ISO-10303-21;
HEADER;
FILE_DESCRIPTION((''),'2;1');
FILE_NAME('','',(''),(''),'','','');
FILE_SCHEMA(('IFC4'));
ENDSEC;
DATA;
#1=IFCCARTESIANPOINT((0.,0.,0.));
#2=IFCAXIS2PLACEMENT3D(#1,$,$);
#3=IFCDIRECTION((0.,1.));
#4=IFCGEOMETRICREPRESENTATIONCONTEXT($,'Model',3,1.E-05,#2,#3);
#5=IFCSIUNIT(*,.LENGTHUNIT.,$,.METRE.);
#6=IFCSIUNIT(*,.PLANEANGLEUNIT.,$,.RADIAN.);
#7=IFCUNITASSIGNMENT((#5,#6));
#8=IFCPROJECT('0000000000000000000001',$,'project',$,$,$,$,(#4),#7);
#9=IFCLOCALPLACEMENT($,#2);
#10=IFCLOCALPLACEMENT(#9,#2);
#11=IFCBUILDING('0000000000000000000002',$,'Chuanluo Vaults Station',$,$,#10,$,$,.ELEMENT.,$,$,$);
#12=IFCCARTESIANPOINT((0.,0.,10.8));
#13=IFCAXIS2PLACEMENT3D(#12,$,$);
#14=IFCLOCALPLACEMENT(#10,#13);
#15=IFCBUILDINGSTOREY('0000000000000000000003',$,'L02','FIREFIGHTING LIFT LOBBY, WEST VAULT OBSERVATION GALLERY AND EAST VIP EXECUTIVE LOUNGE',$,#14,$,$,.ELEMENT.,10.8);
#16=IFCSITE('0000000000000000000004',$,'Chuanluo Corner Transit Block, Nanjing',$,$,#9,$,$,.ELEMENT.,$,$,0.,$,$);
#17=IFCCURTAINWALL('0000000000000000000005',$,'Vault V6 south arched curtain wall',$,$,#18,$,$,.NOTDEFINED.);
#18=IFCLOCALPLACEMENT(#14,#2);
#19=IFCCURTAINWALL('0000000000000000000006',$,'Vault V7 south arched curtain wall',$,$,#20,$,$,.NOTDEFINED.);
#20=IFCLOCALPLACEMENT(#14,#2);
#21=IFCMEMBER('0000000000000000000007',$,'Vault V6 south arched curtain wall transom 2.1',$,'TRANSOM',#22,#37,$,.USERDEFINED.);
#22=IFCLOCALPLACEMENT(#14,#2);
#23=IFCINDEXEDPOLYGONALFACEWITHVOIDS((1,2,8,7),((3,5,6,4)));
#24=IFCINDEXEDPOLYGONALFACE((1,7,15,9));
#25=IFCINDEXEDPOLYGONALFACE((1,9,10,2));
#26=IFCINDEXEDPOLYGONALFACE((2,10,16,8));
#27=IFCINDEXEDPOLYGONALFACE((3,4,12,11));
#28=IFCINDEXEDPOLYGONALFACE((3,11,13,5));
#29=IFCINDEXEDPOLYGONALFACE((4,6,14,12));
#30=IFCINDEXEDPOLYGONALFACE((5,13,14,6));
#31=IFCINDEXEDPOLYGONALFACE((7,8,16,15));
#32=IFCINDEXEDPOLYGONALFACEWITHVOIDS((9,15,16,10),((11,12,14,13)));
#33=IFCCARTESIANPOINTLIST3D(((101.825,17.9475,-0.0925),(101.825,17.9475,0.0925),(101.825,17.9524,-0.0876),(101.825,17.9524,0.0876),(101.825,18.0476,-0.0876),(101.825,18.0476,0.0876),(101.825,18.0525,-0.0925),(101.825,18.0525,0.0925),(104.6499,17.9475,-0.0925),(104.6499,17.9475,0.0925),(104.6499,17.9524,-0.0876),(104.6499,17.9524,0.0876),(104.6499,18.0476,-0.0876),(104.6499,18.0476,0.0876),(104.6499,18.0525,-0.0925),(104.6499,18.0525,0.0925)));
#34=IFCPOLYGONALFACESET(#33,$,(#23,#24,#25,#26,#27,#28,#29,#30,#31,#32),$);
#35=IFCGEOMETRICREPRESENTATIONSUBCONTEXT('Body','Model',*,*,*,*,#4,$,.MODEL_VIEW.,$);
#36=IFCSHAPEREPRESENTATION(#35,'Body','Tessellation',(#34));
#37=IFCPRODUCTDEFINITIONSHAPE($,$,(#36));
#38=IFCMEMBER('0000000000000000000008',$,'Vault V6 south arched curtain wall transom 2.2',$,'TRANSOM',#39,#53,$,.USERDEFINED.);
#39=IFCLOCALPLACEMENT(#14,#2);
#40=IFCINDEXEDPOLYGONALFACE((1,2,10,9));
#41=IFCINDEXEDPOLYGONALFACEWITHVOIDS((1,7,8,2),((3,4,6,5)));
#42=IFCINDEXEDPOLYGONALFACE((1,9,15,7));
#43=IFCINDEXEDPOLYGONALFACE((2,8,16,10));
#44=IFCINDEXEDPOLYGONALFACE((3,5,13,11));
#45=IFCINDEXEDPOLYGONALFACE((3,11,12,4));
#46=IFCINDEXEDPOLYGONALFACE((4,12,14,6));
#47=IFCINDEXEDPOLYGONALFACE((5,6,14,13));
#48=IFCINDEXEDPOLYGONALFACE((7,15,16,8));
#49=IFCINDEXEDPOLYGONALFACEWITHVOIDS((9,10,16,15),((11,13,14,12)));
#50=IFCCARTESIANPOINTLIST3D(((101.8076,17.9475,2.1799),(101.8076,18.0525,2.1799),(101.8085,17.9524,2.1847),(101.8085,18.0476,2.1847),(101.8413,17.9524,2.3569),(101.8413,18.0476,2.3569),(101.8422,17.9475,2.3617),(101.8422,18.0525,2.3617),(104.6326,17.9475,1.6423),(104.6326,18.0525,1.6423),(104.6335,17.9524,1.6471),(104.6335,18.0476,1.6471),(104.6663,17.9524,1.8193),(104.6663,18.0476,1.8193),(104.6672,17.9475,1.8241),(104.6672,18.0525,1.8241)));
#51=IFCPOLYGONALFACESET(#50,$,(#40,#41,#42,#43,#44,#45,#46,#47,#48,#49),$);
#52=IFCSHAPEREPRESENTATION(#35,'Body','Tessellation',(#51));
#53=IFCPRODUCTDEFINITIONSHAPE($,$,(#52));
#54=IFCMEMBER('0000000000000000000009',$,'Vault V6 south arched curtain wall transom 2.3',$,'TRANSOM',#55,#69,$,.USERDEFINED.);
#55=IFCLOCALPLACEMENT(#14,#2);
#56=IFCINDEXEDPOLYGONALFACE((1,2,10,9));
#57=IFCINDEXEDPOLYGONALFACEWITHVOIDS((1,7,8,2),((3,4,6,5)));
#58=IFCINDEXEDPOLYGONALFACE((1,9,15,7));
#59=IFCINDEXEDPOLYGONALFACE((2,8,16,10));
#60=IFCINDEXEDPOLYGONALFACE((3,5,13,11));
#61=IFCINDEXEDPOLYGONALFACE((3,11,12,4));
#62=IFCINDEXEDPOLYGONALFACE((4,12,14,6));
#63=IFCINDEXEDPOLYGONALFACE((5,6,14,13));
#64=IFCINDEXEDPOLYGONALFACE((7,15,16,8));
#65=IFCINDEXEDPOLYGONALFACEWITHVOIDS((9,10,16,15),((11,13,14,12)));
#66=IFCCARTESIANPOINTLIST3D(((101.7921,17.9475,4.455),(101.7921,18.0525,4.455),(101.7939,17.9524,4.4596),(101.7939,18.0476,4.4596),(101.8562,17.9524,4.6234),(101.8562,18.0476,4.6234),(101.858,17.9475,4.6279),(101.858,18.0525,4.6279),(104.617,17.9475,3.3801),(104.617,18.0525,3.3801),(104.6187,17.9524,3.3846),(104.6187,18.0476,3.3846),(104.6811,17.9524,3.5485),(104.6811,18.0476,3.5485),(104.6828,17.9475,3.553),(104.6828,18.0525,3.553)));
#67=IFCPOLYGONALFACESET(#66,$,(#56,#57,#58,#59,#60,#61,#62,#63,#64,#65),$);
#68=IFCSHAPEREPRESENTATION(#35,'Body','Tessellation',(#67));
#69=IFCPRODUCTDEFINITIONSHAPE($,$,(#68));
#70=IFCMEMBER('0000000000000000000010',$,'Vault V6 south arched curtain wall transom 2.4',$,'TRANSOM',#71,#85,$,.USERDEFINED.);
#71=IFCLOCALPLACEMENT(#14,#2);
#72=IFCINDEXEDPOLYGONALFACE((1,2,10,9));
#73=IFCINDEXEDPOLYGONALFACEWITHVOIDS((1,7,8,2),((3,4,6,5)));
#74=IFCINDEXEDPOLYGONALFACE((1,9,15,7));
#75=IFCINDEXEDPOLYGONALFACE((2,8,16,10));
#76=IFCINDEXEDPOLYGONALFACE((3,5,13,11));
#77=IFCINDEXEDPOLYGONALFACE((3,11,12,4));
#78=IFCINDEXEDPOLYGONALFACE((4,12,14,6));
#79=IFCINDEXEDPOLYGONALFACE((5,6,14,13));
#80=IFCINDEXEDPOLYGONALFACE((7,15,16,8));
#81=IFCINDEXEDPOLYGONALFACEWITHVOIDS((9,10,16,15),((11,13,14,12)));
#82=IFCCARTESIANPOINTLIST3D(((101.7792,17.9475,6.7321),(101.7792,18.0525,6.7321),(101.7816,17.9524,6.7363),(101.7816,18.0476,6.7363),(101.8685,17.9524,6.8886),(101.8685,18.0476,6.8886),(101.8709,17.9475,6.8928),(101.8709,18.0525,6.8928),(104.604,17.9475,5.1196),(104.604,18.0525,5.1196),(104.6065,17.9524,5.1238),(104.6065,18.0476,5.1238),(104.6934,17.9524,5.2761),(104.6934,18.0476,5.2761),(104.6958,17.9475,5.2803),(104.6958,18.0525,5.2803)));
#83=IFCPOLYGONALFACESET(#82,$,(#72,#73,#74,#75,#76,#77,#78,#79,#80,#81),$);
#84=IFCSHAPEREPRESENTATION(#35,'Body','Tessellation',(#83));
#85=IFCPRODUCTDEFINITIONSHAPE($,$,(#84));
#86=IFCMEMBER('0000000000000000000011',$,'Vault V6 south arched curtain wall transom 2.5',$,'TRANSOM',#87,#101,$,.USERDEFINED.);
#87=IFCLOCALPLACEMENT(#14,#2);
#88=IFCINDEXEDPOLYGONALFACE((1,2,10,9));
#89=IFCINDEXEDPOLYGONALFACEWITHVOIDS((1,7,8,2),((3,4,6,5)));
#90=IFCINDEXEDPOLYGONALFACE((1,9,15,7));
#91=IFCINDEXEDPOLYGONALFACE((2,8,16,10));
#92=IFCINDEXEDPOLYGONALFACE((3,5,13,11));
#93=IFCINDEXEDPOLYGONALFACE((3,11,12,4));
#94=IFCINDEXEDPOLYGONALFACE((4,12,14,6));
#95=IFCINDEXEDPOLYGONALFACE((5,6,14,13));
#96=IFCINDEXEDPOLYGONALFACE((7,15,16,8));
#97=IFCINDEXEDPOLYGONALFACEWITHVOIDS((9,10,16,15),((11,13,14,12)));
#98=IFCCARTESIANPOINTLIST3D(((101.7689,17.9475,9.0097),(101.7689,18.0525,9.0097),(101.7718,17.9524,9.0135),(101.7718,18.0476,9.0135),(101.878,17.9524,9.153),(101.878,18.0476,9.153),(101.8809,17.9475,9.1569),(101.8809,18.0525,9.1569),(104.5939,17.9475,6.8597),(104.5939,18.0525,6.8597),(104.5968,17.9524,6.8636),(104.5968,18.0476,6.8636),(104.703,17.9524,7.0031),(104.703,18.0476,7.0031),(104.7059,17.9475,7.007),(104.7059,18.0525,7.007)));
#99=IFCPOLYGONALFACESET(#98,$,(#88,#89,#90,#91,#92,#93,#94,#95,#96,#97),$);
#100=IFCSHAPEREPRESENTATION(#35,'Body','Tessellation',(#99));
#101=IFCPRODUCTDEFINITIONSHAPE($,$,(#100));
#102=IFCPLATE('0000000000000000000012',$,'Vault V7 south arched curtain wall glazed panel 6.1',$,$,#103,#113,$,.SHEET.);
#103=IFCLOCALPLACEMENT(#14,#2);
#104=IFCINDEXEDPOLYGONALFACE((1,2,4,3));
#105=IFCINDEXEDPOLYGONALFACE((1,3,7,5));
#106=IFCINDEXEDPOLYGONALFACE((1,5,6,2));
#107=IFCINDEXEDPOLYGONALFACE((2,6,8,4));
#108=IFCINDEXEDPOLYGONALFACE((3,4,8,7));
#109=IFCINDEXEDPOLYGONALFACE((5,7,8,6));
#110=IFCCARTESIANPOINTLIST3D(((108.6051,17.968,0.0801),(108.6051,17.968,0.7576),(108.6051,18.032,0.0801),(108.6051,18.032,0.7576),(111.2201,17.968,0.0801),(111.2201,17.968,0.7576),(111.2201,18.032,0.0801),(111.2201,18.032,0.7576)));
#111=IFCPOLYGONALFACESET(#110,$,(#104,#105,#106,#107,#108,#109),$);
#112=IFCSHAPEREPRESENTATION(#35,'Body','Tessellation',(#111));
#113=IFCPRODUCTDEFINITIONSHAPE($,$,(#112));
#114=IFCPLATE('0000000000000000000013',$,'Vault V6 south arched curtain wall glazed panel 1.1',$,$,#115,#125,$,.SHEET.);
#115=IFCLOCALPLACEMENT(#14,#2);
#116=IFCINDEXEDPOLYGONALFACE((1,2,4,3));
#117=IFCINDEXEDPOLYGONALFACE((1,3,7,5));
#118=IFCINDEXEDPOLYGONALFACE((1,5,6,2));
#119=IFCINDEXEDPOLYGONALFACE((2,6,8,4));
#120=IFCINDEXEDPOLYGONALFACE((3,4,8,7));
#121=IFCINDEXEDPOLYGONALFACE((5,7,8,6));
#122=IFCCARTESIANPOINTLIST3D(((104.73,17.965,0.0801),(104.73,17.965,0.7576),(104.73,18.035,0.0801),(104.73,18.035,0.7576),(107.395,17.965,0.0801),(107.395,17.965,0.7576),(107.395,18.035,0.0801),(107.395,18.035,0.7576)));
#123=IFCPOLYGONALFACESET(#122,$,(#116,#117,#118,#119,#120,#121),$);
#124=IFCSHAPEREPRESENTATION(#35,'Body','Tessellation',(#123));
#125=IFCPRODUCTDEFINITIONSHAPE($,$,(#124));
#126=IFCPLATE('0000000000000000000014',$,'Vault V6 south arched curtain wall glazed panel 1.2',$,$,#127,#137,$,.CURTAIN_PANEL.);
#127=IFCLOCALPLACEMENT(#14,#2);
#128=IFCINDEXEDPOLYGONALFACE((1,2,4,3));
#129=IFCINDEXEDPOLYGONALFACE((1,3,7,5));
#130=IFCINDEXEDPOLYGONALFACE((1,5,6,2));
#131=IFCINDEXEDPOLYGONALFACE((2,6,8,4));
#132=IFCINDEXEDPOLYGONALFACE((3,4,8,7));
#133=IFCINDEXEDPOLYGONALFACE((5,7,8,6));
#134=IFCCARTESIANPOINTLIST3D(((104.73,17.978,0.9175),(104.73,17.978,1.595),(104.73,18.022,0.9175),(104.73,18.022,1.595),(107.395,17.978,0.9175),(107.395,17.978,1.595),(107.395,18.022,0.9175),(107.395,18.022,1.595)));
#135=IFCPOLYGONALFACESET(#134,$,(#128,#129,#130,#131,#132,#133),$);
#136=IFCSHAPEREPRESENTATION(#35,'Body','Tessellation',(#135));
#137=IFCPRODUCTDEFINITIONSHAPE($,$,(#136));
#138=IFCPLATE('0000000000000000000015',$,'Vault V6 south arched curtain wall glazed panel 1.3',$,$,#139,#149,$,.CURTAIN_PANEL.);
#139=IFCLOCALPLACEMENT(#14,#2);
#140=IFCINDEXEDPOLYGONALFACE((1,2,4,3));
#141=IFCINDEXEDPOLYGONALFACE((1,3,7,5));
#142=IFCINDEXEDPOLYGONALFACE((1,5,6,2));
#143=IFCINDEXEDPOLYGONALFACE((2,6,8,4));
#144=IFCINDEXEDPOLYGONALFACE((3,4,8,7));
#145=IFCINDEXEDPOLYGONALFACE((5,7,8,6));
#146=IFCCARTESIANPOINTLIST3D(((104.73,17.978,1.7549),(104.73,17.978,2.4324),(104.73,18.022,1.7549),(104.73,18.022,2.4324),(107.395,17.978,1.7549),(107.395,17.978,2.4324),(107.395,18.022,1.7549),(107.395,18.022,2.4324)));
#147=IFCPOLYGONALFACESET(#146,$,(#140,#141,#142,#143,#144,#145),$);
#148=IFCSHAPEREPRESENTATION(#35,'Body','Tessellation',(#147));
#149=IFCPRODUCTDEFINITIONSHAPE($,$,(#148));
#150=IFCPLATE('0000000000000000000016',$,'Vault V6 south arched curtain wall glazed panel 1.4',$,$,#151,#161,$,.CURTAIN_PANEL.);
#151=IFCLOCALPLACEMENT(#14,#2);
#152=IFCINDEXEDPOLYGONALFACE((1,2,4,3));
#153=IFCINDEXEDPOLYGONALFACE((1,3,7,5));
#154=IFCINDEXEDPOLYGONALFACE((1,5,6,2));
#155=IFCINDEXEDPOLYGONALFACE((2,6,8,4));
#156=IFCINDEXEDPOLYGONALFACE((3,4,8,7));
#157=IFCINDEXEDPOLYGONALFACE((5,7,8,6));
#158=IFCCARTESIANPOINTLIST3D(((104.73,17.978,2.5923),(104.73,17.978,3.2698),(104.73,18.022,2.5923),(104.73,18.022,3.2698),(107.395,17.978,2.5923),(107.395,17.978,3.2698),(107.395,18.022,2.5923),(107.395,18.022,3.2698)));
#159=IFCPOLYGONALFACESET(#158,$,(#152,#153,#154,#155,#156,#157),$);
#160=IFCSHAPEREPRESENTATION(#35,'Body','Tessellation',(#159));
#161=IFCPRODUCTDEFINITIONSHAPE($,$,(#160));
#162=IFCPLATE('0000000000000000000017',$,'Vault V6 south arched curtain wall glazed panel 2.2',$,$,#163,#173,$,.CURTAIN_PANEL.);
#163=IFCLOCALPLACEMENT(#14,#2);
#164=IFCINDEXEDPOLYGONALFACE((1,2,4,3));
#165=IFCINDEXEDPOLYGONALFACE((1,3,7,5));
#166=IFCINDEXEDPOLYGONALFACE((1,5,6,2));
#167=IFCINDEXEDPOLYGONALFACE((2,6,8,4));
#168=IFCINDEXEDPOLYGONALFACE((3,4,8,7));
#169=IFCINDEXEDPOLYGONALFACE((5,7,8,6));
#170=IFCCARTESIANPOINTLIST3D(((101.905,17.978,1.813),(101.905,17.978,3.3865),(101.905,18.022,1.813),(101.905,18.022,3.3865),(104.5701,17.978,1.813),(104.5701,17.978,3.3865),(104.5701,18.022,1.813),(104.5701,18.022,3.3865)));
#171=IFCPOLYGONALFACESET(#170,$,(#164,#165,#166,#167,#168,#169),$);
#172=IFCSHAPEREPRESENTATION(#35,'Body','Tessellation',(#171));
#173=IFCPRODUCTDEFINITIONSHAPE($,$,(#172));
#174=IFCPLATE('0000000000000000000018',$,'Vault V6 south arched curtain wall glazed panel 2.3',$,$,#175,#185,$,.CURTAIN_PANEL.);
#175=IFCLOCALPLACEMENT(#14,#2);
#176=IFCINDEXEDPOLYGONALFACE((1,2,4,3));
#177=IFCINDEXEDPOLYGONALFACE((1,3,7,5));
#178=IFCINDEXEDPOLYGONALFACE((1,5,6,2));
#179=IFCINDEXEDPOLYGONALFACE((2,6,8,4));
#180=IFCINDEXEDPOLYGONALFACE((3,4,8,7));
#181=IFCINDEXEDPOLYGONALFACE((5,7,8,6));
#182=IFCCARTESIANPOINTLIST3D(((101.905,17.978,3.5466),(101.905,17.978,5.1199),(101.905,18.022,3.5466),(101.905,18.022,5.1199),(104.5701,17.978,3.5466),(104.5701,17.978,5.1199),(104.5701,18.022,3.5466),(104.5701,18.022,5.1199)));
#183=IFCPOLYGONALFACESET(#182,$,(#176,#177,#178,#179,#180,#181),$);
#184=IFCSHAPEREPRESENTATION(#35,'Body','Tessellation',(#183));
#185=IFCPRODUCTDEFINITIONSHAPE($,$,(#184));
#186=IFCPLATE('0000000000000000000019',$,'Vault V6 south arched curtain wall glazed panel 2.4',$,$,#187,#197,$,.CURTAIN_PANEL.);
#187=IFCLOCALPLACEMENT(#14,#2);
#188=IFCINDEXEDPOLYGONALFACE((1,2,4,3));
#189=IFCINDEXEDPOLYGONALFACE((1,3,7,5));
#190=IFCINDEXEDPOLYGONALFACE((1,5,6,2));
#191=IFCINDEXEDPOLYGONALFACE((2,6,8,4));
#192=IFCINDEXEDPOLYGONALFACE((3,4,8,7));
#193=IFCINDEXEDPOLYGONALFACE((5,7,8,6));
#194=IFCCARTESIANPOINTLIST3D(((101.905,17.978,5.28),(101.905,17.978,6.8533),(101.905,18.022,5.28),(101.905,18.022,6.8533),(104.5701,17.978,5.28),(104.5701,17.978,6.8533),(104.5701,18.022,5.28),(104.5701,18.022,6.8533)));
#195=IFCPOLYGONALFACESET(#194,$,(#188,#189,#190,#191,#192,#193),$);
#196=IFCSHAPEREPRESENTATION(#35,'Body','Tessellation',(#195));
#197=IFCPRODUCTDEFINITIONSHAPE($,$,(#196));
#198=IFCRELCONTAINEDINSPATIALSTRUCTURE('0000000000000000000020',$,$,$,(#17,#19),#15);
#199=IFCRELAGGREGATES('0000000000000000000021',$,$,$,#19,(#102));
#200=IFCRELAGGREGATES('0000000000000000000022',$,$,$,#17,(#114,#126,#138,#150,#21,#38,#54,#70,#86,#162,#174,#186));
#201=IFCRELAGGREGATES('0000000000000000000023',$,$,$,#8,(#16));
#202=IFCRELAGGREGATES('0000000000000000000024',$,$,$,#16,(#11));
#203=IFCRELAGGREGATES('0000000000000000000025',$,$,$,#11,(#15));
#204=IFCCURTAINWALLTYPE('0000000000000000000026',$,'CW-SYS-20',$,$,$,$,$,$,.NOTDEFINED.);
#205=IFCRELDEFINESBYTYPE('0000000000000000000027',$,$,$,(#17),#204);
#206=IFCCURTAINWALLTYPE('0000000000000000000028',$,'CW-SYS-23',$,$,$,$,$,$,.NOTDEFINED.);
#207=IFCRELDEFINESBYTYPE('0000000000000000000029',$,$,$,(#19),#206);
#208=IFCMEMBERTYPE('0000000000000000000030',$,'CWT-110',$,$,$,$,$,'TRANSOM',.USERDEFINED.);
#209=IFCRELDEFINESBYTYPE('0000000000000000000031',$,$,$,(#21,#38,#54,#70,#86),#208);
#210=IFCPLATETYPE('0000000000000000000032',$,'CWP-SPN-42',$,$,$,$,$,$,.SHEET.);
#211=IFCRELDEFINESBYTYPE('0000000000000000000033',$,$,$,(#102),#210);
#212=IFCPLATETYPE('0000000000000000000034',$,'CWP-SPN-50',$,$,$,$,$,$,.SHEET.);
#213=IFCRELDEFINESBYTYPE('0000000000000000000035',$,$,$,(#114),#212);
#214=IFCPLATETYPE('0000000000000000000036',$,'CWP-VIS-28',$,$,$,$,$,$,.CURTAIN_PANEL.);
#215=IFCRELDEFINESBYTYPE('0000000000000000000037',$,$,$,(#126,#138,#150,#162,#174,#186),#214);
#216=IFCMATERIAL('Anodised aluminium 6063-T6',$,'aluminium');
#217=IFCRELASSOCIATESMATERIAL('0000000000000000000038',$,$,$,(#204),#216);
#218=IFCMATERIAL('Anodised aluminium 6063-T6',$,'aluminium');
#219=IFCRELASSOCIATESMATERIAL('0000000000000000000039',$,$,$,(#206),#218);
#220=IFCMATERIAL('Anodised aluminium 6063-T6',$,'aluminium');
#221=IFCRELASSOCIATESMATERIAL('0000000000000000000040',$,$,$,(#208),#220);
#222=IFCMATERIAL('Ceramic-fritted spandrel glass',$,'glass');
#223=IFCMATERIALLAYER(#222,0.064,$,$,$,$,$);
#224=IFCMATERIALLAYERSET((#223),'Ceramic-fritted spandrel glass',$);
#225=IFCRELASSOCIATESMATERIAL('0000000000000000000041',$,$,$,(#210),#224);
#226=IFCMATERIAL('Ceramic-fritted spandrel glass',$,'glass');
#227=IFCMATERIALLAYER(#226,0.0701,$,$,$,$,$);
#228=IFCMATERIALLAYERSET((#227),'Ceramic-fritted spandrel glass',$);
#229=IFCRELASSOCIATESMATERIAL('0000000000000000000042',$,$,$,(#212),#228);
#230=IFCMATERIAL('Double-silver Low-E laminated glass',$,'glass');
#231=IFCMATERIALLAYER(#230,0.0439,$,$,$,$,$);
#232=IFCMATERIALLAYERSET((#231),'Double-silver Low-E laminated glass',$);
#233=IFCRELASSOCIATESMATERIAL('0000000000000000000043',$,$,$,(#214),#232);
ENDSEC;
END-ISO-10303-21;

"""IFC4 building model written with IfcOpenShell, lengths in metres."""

from ifc_helpers import new_model, si_unit, direction, frame, origin, origin_2d, place, context, subcontext, project, spatial, rectangle, hollow_rectangle, extrude, material, layer, layer_set, material_profile, profile_set, type_object, element, aggregate, save


model = new_model("IFC4")

# Units and contexts
model_context = context("Model", 3, precision=1e-05, world=origin(), true_north=direction((0.0, 1.0)))
body_context = subcontext(model_context, "Body", "Model", "MODEL_VIEW")
ifc_project = project(units=[si_unit("LENGTHUNIT", "METRE"), si_unit("PLANEANGLEUNIT", "RADIAN")], contexts=[model_context])

# Site, building, storey
site_placement = place(None, origin())
site = spatial("IfcSite", under=ifc_project, at=site_placement, Name="Chuanluo Corner Transit Block, Nanjing", CompositionType="ELEMENT", RefElevation=0.0)
building_placement = place(site_placement, origin())
building = spatial("IfcBuilding", under=site, at=building_placement, Name="Chuanluo Vaults Station", CompositionType="ELEMENT")
storey_placement = place(building_placement, frame((0.0, 0.0, 10.8)))
storey = spatial("IfcBuildingStorey", under=building, at=storey_placement, Name="L02", Description="FIREFIGHTING LIFT LOBBY, WEST VAULT OBSERVATION GALLERY AND EAST VIP EXECUTIVE LOUNGE", CompositionType="ELEMENT", Elevation=10.8)

# Curtain wall
ifc_material_1 = material(Name="Anodised aluminium 6063-T6", Category="aluminium")
curtain_wall_type_1 = type_object("IfcCurtainWallType", Name="CW-SYS-20", PredefinedType="NOTDEFINED", material=ifc_material_1)
curtain_wall_1_placement = place(storey_placement, origin())
curtain_wall_1 = element("IfcCurtainWall", 1, at=curtain_wall_1_placement, inside=storey, type_object=curtain_wall_type_1, Name="Vault V6 south arched curtain wall", PredefinedType="NOTDEFINED")

# Curtain wall
ifc_material_2 = material(Name="Anodised aluminium 6063-T6", Category="aluminium")
curtain_wall_type_2 = type_object("IfcCurtainWallType", Name="CW-SYS-23", PredefinedType="NOTDEFINED", material=ifc_material_2)
curtain_wall_2_placement = place(storey_placement, origin())
curtain_wall_2 = element("IfcCurtainWall", 2, at=curtain_wall_2_placement, inside=storey, type_object=curtain_wall_type_2, Name="Vault V7 south arched curtain wall", PredefinedType="NOTDEFINED")

# Members
ifc_material_3 = material(Name="Anodised aluminium 6063-T6", Category="aluminium")
ifc_material_profile_1 = material_profile(ifc_material_3, hollow_rectangle(XDim=0.105, YDim=0.1851, WallThickness=0.0049, at=origin_2d()))
ifc_profile_set_1 = profile_set([ifc_material_profile_1], Name="Anodised aluminium 6063-T6")
member_type_1 = type_object("IfcMemberType", Name="CWT-110", ElementType="TRANSOM", PredefinedType="USERDEFINED", material=ifc_profile_set_1)
member_1_placement = place(storey_placement, frame((104.6499, 18.0, 0.0), z_axis=(-1.0, 0.0, 0.0), x_axis=(0.0, -1.0, 0.0)))
member_1 = element("IfcMember", 3, at=member_1_placement, type_object=member_type_1, Name="Vault V6 south arched curtain wall transom 2.1", ObjectType="TRANSOM", PredefinedType="USERDEFINED", context=body_context, shape_type="SweptSolid", body=[
    extrude(hollow_rectangle(XDim=0.105, YDim=0.1851, WallThickness=0.0049, at=origin_2d()), origin(), (0.0, 0.0, 1.0), 2.825),
])
member_2_placement = place(storey_placement, frame((104.6499, 18.0, 1.7332), z_axis=(-0.98237, 0.0, 0.186948), x_axis=(0.0, -1.0, 0.0)))
member_2 = element("IfcMember", 4, at=member_2_placement, type_object=member_type_1, Name="Vault V6 south arched curtain wall transom 2.2", ObjectType="TRANSOM", PredefinedType="USERDEFINED", context=body_context, shape_type="SweptSolid", body=[
    extrude(hollow_rectangle(XDim=0.105, YDim=0.1851, WallThickness=0.0049, at=origin_2d()), origin(), (0.0, 0.0, 1.0), 2.8757),
])
member_3_placement = place(storey_placement, frame((104.6499, 18.0, 3.4666), z_axis=(-0.934622, 0.0, 0.355643), x_axis=(0.0, -1.0, 0.0)))
member_3 = element("IfcMember", 5, at=member_3_placement, type_object=member_type_1, Name="Vault V6 south arched curtain wall transom 2.3", ObjectType="TRANSOM", PredefinedType="USERDEFINED", context=body_context, shape_type="SweptSolid", body=[
    extrude(hollow_rectangle(XDim=0.105, YDim=0.1851, WallThickness=0.0049, at=origin_2d()), origin(), (0.0, 0.0, 1.0), 3.0225),
])
member_4_placement = place(storey_placement, frame((104.6499, 18.0, 5.2), z_axis=(-0.868469, 0.0, 0.495743), x_axis=(0.0, -1.0, 0.0)))
member_4 = element("IfcMember", 6, at=member_4_placement, type_object=member_type_1, Name="Vault V6 south arched curtain wall transom 2.4", ObjectType="TRANSOM", PredefinedType="USERDEFINED", context=body_context, shape_type="SweptSolid", body=[
    extrude(hollow_rectangle(XDim=0.105, YDim=0.1851, WallThickness=0.0049, at=origin_2d()), origin(), (0.0, 0.0, 1.0), 3.2527),
])
member_5_placement = place(storey_placement, frame((104.6499, 18.0, 6.9333), z_axis=(-0.795763, 0.0, 0.605608), x_axis=(0.0, -1.0, 0.0)))
member_5 = element("IfcMember", 7, at=member_5_placement, type_object=member_type_1, Name="Vault V6 south arched curtain wall transom 2.5", ObjectType="TRANSOM", PredefinedType="USERDEFINED", context=body_context, shape_type="SweptSolid", body=[
    extrude(hollow_rectangle(XDim=0.105, YDim=0.1851, WallThickness=0.0049, at=origin_2d()), origin(), (0.0, 0.0, 1.0), 3.55),
])

# Plates
ifc_material_4 = material(Name="Ceramic-fritted spandrel glass", Category="glass")
ifc_layer_1 = layer(ifc_material_4, 0.064)
ifc_layer_set_1 = layer_set([ifc_layer_1], Name="Ceramic-fritted spandrel glass")
plate_type_1 = type_object("IfcPlateType", Name="CWP-SPN-42", PredefinedType="SHEET", material=ifc_layer_set_1)
plate_1_placement = place(storey_placement, frame((109.9126, 18.0, 0.0801), z_axis=(0.0, 0.0, 1.0), x_axis=(-1.0, 0.0, 0.0)))
plate_1 = element("IfcPlate", 8, at=plate_1_placement, type_object=plate_type_1, Name="Vault V7 south arched curtain wall glazed panel 6.1", PredefinedType="SHEET", context=body_context, shape_type="SweptSolid", body=[
    extrude(rectangle(XDim=2.615, YDim=0.064, at=origin_2d()), origin(), (0.0, 0.0, 1.0), 0.6775),
])
aggregate(curtain_wall_2, [plate_1])
ifc_material_5 = material(Name="Ceramic-fritted spandrel glass", Category="glass")
ifc_layer_2 = layer(ifc_material_5, 0.0701)
ifc_layer_set_2 = layer_set([ifc_layer_2], Name="Ceramic-fritted spandrel glass")
plate_type_2 = type_object("IfcPlateType", Name="CWP-SPN-50", PredefinedType="SHEET", material=ifc_layer_set_2)
plate_2_placement = place(storey_placement, frame((106.0625, 18.0, 0.0801), z_axis=(0.0, 0.0, 1.0), x_axis=(-1.0, 0.0, 0.0)))
plate_2 = element("IfcPlate", 9, at=plate_2_placement, type_object=plate_type_2, Name="Vault V6 south arched curtain wall glazed panel 1.1", PredefinedType="SHEET", context=body_context, shape_type="SweptSolid", body=[
    extrude(rectangle(XDim=2.665, YDim=0.0701, at=origin_2d()), origin(), (0.0, 0.0, 1.0), 0.6775),
])
ifc_material_6 = material(Name="Double-silver Low-E laminated glass", Category="glass")
ifc_layer_3 = layer(ifc_material_6, 0.0439)
ifc_layer_set_3 = layer_set([ifc_layer_3], Name="Double-silver Low-E laminated glass")
plate_type_3 = type_object("IfcPlateType", Name="CWP-VIS-28", PredefinedType="CURTAIN_PANEL", material=ifc_layer_set_3)
plate_3_placement = place(storey_placement, frame((106.0625, 18.0, 0.9175), z_axis=(0.0, 0.0, 1.0), x_axis=(-1.0, 0.0, 0.0)))
plate_3 = element("IfcPlate", 10, at=plate_3_placement, type_object=plate_type_3, Name="Vault V6 south arched curtain wall glazed panel 1.2", PredefinedType="CURTAIN_PANEL", context=body_context, shape_type="SweptSolid", body=[
    extrude(rectangle(XDim=2.665, YDim=0.0439, at=origin_2d()), origin(), (0.0, 0.0, 1.0), 0.6775),
])
plate_4_placement = place(storey_placement, frame((106.0625, 18.0, 1.7549), z_axis=(0.0, 0.0, 1.0), x_axis=(-1.0, 0.0, 0.0)))
plate_4 = element("IfcPlate", 11, at=plate_4_placement, type_object=plate_type_3, Name="Vault V6 south arched curtain wall glazed panel 1.3", PredefinedType="CURTAIN_PANEL", context=body_context, shape_type="SweptSolid", body=[
    extrude(rectangle(XDim=2.665, YDim=0.0439, at=origin_2d()), origin(), (0.0, 0.0, 1.0), 0.6775),
])
plate_5_placement = place(storey_placement, frame((106.0625, 18.0, 2.5923), z_axis=(0.0, 0.0, 1.0), x_axis=(-1.0, 0.0, 0.0)))
plate_5 = element("IfcPlate", 12, at=plate_5_placement, type_object=plate_type_3, Name="Vault V6 south arched curtain wall glazed panel 1.4", PredefinedType="CURTAIN_PANEL", context=body_context, shape_type="SweptSolid", body=[
    extrude(rectangle(XDim=2.665, YDim=0.0439, at=origin_2d()), origin(), (0.0, 0.0, 1.0), 0.6775),
])
plate_6_placement = place(storey_placement, frame((103.2375, 18.0, 1.813), z_axis=(0.0, 0.0, 1.0), x_axis=(-1.0, 0.0, 0.0)))
plate_6 = element("IfcPlate", 13, at=plate_6_placement, type_object=plate_type_3, Name="Vault V6 south arched curtain wall glazed panel 2.2", PredefinedType="CURTAIN_PANEL", context=body_context, shape_type="SweptSolid", body=[
    extrude(rectangle(XDim=2.665, YDim=0.0439, at=origin_2d()), origin(), (0.0, 0.0, 1.0), 1.5735),
])
plate_7_placement = place(storey_placement, frame((103.2375, 18.0, 3.5466), z_axis=(0.0, 0.0, 1.0), x_axis=(-1.0, 0.0, 0.0)))
plate_7 = element("IfcPlate", 14, at=plate_7_placement, type_object=plate_type_3, Name="Vault V6 south arched curtain wall glazed panel 2.3", PredefinedType="CURTAIN_PANEL", context=body_context, shape_type="SweptSolid", body=[
    extrude(rectangle(XDim=2.665, YDim=0.0439, at=origin_2d()), origin(), (0.0, 0.0, 1.0), 1.5732),
])
plate_8_placement = place(storey_placement, frame((103.2375, 18.0, 5.28), z_axis=(0.0, 0.0, 1.0), x_axis=(-1.0, 0.0, 0.0)))
plate_8 = element("IfcPlate", 15, at=plate_8_placement, type_object=plate_type_3, Name="Vault V6 south arched curtain wall glazed panel 2.4", PredefinedType="CURTAIN_PANEL", context=body_context, shape_type="SweptSolid", body=[
    extrude(rectangle(XDim=2.665, YDim=0.0439, at=origin_2d()), origin(), (0.0, 0.0, 1.0), 1.5732),
])
aggregate(curtain_wall_1, [plate_2, plate_3, plate_4, plate_5, member_1, member_2, member_3, member_4, member_5, plate_6, plate_7, plate_8])

save(model, "model.ifc")
